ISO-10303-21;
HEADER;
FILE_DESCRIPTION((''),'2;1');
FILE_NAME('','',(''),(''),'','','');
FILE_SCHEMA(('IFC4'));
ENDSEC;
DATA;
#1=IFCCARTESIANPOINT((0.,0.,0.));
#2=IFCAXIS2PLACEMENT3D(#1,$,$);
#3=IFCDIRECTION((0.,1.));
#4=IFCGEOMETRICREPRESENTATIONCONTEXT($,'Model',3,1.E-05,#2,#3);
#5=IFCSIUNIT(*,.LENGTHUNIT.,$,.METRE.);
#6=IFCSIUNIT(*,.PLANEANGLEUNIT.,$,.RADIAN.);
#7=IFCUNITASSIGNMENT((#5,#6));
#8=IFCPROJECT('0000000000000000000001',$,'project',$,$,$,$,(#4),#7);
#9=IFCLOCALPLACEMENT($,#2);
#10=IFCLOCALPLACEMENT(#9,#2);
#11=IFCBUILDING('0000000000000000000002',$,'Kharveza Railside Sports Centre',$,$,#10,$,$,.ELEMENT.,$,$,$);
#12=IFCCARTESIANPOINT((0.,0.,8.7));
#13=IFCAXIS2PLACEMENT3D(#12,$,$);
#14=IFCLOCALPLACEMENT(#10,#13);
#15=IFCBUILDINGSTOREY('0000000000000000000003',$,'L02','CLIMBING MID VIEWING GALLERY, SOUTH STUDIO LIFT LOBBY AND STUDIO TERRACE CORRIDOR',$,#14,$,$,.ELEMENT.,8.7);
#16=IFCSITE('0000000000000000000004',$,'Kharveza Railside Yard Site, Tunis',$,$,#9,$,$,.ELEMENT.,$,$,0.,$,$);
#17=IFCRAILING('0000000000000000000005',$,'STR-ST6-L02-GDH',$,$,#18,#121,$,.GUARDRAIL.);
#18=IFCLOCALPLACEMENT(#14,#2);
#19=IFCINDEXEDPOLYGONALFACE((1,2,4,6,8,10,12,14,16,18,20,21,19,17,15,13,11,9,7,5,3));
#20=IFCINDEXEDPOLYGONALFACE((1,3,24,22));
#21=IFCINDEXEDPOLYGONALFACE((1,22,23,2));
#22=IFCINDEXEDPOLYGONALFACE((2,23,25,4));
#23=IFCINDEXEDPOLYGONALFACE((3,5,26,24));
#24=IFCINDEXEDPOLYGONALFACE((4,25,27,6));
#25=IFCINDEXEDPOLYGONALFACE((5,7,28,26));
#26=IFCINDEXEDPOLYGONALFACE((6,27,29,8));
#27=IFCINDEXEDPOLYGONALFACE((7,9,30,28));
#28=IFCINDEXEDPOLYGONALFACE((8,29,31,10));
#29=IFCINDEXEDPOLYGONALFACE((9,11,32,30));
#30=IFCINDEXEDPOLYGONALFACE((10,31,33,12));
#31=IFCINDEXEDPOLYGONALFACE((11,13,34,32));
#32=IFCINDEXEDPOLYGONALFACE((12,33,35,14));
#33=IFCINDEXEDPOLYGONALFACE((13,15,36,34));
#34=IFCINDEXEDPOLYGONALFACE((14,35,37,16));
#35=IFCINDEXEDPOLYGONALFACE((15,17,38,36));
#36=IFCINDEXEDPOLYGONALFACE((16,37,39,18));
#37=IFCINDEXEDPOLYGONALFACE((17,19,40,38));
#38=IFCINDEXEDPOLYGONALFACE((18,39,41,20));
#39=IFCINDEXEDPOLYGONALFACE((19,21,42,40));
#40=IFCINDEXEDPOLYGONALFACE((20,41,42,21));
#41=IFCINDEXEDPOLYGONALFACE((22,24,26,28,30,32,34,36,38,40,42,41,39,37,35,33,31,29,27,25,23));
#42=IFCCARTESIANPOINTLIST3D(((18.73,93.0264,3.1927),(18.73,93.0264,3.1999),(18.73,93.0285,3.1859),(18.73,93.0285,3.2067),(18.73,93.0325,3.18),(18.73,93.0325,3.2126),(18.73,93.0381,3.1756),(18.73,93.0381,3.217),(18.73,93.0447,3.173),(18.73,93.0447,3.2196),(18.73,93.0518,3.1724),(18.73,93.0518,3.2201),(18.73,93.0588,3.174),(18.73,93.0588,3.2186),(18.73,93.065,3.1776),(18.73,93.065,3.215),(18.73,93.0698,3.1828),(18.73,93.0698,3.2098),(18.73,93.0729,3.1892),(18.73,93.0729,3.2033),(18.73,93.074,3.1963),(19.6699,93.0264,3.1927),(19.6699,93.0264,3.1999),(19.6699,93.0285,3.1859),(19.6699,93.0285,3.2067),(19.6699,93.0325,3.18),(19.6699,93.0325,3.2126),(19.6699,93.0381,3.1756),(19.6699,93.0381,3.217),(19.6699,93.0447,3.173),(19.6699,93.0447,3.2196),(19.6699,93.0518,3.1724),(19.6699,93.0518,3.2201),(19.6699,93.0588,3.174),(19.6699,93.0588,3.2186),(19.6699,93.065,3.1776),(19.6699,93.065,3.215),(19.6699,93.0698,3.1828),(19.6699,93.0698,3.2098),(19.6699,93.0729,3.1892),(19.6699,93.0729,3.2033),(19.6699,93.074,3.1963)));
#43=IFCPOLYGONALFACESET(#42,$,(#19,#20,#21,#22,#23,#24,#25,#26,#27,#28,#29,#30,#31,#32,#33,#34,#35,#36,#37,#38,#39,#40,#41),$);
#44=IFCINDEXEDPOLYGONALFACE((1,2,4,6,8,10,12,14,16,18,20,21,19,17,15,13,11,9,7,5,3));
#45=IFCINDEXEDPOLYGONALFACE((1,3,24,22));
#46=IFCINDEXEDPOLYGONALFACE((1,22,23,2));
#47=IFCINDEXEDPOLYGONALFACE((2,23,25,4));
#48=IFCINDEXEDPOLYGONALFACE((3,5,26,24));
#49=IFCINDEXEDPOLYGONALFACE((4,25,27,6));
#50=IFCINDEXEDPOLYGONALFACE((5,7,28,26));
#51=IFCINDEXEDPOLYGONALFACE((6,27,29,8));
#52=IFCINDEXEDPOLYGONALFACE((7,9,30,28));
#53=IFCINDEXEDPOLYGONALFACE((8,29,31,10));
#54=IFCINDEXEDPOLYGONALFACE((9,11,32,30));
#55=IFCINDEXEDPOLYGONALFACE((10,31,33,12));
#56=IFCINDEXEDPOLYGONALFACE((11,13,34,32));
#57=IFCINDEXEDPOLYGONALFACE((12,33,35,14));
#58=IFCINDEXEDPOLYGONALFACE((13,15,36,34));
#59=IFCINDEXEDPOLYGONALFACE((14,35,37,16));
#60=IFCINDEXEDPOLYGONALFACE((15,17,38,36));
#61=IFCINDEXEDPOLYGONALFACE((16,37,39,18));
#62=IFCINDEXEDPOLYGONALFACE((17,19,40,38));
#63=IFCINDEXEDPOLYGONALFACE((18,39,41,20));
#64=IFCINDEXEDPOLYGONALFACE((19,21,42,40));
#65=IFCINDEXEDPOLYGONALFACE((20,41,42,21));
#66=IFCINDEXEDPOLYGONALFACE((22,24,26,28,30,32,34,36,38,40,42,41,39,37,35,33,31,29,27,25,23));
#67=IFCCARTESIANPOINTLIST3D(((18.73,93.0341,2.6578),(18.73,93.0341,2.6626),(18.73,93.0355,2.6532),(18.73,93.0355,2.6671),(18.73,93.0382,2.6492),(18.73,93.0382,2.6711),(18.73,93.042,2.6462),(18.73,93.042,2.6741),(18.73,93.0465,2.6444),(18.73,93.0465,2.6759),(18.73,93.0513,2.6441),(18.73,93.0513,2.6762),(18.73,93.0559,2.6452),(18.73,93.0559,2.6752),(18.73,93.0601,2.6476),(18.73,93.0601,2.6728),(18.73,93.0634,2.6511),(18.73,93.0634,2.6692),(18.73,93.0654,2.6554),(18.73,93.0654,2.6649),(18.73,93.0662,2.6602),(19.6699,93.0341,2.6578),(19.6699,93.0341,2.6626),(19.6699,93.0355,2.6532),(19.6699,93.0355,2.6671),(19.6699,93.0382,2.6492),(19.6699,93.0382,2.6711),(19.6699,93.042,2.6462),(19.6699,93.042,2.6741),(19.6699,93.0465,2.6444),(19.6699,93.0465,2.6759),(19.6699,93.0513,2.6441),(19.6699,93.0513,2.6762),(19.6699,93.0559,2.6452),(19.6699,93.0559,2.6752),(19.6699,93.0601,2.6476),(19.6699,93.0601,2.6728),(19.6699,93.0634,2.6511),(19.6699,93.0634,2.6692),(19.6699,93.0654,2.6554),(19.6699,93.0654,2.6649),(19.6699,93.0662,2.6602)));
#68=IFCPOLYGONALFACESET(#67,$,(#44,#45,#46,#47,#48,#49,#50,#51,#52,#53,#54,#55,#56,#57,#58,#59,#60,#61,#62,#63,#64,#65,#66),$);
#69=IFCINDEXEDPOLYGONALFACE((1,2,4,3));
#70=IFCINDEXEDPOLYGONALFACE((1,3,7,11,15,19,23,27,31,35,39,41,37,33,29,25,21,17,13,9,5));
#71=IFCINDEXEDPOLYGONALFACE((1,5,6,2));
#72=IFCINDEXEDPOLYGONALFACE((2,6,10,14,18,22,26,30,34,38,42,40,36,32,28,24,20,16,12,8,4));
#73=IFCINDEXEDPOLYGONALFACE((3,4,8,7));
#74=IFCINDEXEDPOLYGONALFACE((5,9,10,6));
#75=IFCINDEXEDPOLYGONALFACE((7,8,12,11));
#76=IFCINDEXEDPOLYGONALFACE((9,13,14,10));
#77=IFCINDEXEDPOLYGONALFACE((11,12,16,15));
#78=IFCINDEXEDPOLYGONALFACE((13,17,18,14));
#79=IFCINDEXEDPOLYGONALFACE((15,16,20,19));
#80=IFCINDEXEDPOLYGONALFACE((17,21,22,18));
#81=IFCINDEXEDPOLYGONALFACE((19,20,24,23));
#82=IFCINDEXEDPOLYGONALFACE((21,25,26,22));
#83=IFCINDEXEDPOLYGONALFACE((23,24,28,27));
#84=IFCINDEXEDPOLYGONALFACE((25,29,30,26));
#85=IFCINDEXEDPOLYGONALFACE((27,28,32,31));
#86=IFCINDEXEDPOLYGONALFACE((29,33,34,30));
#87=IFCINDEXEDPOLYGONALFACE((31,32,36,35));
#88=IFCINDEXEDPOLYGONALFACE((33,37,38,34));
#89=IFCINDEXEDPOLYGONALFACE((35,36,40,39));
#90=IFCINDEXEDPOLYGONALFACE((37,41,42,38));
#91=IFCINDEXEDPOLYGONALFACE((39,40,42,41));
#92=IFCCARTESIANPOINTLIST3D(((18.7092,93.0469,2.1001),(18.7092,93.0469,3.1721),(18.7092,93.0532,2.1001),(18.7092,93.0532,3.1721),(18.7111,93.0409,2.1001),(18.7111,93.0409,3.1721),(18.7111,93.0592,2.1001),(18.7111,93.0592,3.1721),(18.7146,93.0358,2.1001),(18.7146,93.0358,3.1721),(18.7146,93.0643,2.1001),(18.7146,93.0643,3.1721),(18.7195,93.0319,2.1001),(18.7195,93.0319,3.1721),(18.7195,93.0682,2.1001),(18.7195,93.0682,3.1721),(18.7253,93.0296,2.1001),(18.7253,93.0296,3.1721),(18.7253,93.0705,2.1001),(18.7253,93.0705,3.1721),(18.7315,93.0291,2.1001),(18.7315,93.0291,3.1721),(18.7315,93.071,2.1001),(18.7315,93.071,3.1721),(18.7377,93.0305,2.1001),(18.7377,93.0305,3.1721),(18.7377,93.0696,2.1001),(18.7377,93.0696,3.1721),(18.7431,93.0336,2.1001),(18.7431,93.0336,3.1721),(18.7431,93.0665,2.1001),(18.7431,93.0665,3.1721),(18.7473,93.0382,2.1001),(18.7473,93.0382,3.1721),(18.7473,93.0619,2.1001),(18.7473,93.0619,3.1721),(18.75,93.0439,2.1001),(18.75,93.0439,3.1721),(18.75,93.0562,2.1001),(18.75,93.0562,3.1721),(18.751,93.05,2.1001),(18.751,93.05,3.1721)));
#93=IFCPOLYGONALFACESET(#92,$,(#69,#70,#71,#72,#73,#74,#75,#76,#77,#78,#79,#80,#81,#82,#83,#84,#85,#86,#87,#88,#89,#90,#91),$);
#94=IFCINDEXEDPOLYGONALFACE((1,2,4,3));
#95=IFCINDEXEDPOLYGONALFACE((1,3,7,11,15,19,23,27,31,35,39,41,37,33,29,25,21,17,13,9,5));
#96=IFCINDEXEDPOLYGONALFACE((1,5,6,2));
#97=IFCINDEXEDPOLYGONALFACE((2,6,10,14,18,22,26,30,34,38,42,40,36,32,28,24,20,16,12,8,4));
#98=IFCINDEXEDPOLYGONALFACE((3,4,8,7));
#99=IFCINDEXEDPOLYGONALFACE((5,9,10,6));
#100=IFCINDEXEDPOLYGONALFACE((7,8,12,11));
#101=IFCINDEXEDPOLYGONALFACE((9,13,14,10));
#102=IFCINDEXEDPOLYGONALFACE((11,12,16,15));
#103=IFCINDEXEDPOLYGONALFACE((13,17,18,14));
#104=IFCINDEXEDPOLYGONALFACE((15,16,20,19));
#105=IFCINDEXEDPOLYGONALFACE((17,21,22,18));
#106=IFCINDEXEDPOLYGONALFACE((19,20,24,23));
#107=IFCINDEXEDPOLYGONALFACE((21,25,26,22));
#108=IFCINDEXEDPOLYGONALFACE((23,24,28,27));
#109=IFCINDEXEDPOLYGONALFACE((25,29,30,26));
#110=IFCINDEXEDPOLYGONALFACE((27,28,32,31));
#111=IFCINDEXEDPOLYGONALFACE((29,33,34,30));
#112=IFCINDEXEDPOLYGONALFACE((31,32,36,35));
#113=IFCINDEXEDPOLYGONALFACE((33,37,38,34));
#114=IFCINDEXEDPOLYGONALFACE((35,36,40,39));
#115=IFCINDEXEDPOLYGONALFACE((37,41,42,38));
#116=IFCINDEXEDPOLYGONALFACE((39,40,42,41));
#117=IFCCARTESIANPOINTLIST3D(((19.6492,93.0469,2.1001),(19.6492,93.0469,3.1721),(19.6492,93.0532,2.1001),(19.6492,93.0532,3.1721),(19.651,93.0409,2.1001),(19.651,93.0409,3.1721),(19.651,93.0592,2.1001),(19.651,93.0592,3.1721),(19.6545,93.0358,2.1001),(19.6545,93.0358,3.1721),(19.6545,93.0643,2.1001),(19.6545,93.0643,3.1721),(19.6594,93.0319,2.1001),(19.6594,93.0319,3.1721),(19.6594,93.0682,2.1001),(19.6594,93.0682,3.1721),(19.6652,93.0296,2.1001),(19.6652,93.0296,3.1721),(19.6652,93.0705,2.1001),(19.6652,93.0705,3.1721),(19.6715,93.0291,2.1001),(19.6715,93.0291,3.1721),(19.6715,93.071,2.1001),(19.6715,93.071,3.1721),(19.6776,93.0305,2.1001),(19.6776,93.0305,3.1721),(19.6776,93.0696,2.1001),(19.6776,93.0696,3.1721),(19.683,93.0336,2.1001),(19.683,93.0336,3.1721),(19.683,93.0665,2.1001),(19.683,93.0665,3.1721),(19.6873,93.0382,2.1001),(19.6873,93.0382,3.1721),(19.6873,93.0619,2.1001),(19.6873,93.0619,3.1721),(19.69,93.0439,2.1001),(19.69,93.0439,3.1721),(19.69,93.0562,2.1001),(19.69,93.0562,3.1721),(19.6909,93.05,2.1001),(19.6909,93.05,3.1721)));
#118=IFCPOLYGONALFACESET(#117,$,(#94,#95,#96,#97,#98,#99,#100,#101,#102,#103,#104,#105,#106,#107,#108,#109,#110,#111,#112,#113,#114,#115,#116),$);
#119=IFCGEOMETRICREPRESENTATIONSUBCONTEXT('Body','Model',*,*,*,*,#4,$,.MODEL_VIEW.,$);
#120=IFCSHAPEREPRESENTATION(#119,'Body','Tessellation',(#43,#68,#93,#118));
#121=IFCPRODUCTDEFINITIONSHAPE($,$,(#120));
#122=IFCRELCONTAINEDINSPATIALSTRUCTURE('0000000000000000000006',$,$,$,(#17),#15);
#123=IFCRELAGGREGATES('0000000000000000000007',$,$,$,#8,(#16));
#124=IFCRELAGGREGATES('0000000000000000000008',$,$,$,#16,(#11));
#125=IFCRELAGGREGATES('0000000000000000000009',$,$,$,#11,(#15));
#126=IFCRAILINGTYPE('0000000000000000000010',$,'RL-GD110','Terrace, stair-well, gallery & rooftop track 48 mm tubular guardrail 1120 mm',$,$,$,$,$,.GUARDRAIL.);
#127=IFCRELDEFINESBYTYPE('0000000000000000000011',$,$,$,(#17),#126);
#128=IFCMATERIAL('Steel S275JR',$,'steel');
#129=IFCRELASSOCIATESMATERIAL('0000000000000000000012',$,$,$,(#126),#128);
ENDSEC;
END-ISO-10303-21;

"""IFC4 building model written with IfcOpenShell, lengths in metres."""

from ifc_helpers import new_model, si_unit, direction, frame, origin, origin_2d, place, context, subcontext, project, spatial, circle, extrude, material, type_object, element, save


model = new_model("IFC4")

# Units and contexts
model_context = context("Model", 3, precision=1e-05, world=origin(), true_north=direction((0.0, 1.0)))
body_context = subcontext(model_context, "Body", "Model", "MODEL_VIEW")
ifc_project = project(units=[si_unit("LENGTHUNIT", "METRE"), si_unit("PLANEANGLEUNIT", "RADIAN")], contexts=[model_context])

# Site, building, storey
site_placement = place(None, origin())
site = spatial("IfcSite", under=ifc_project, at=site_placement, Name="Kharveza Railside Yard Site, Tunis", CompositionType="ELEMENT", RefElevation=0.0)
building_placement = place(site_placement, origin())
building = spatial("IfcBuilding", under=site, at=building_placement, Name="Kharveza Railside Sports Centre", CompositionType="ELEMENT")
storey_placement = place(building_placement, frame((0.0, 0.0, 8.7)))
storey = spatial("IfcBuildingStorey", under=building, at=storey_placement, Name="L02", Description="CLIMBING MID VIEWING GALLERY, SOUTH STUDIO LIFT LOBBY AND STUDIO TERRACE CORRIDOR", CompositionType="ELEMENT", Elevation=8.7)

# Railing
ifc_material_1 = material(Name="Steel S275JR", Category="steel")
railing_type_1 = type_object("IfcRailingType", Name="RL-GD110", Description="Terrace, stair-well, gallery & rooftop track 48 mm tubular guardrail 1120 mm", PredefinedType="GUARDRAIL", material=ifc_material_1)
railing_1_placement = place(storey_placement, frame((18.73, 93.05, 2.1001)))
element("IfcRailing", 1, at=railing_1_placement, inside=storey, type_object=railing_type_1, Name="STR-ST6-L02-GDH", PredefinedType="GUARDRAIL", context=body_context, shape_type="SweptSolid", body=[
    extrude(circle(Radius=0.0239, at=origin_2d()), frame((0.0, 0.0, 1.0962), z_axis=(1.0, 0.0, 0.0), x_axis=(0.0, 1.0, 0.0)), (0.0, 0.0, 1.0), 0.9399),
    extrude(circle(Radius=0.0161, at=origin_2d()), frame((0.0, 0.0, 0.5601), z_axis=(1.0, 0.0, 0.0), x_axis=(0.0, 1.0, 0.0)), (0.0, 0.0, 1.0), 0.9399),
    extrude(circle(Radius=0.021, at=origin_2d()), origin(), (0.0, 0.0, 1.0), 1.072),
    extrude(circle(Radius=0.021, at=origin_2d()), frame((0.9399, 0.0, 0.0)), (0.0, 0.0, 1.0), 1.072),
])

save(model, "model.ifc")
